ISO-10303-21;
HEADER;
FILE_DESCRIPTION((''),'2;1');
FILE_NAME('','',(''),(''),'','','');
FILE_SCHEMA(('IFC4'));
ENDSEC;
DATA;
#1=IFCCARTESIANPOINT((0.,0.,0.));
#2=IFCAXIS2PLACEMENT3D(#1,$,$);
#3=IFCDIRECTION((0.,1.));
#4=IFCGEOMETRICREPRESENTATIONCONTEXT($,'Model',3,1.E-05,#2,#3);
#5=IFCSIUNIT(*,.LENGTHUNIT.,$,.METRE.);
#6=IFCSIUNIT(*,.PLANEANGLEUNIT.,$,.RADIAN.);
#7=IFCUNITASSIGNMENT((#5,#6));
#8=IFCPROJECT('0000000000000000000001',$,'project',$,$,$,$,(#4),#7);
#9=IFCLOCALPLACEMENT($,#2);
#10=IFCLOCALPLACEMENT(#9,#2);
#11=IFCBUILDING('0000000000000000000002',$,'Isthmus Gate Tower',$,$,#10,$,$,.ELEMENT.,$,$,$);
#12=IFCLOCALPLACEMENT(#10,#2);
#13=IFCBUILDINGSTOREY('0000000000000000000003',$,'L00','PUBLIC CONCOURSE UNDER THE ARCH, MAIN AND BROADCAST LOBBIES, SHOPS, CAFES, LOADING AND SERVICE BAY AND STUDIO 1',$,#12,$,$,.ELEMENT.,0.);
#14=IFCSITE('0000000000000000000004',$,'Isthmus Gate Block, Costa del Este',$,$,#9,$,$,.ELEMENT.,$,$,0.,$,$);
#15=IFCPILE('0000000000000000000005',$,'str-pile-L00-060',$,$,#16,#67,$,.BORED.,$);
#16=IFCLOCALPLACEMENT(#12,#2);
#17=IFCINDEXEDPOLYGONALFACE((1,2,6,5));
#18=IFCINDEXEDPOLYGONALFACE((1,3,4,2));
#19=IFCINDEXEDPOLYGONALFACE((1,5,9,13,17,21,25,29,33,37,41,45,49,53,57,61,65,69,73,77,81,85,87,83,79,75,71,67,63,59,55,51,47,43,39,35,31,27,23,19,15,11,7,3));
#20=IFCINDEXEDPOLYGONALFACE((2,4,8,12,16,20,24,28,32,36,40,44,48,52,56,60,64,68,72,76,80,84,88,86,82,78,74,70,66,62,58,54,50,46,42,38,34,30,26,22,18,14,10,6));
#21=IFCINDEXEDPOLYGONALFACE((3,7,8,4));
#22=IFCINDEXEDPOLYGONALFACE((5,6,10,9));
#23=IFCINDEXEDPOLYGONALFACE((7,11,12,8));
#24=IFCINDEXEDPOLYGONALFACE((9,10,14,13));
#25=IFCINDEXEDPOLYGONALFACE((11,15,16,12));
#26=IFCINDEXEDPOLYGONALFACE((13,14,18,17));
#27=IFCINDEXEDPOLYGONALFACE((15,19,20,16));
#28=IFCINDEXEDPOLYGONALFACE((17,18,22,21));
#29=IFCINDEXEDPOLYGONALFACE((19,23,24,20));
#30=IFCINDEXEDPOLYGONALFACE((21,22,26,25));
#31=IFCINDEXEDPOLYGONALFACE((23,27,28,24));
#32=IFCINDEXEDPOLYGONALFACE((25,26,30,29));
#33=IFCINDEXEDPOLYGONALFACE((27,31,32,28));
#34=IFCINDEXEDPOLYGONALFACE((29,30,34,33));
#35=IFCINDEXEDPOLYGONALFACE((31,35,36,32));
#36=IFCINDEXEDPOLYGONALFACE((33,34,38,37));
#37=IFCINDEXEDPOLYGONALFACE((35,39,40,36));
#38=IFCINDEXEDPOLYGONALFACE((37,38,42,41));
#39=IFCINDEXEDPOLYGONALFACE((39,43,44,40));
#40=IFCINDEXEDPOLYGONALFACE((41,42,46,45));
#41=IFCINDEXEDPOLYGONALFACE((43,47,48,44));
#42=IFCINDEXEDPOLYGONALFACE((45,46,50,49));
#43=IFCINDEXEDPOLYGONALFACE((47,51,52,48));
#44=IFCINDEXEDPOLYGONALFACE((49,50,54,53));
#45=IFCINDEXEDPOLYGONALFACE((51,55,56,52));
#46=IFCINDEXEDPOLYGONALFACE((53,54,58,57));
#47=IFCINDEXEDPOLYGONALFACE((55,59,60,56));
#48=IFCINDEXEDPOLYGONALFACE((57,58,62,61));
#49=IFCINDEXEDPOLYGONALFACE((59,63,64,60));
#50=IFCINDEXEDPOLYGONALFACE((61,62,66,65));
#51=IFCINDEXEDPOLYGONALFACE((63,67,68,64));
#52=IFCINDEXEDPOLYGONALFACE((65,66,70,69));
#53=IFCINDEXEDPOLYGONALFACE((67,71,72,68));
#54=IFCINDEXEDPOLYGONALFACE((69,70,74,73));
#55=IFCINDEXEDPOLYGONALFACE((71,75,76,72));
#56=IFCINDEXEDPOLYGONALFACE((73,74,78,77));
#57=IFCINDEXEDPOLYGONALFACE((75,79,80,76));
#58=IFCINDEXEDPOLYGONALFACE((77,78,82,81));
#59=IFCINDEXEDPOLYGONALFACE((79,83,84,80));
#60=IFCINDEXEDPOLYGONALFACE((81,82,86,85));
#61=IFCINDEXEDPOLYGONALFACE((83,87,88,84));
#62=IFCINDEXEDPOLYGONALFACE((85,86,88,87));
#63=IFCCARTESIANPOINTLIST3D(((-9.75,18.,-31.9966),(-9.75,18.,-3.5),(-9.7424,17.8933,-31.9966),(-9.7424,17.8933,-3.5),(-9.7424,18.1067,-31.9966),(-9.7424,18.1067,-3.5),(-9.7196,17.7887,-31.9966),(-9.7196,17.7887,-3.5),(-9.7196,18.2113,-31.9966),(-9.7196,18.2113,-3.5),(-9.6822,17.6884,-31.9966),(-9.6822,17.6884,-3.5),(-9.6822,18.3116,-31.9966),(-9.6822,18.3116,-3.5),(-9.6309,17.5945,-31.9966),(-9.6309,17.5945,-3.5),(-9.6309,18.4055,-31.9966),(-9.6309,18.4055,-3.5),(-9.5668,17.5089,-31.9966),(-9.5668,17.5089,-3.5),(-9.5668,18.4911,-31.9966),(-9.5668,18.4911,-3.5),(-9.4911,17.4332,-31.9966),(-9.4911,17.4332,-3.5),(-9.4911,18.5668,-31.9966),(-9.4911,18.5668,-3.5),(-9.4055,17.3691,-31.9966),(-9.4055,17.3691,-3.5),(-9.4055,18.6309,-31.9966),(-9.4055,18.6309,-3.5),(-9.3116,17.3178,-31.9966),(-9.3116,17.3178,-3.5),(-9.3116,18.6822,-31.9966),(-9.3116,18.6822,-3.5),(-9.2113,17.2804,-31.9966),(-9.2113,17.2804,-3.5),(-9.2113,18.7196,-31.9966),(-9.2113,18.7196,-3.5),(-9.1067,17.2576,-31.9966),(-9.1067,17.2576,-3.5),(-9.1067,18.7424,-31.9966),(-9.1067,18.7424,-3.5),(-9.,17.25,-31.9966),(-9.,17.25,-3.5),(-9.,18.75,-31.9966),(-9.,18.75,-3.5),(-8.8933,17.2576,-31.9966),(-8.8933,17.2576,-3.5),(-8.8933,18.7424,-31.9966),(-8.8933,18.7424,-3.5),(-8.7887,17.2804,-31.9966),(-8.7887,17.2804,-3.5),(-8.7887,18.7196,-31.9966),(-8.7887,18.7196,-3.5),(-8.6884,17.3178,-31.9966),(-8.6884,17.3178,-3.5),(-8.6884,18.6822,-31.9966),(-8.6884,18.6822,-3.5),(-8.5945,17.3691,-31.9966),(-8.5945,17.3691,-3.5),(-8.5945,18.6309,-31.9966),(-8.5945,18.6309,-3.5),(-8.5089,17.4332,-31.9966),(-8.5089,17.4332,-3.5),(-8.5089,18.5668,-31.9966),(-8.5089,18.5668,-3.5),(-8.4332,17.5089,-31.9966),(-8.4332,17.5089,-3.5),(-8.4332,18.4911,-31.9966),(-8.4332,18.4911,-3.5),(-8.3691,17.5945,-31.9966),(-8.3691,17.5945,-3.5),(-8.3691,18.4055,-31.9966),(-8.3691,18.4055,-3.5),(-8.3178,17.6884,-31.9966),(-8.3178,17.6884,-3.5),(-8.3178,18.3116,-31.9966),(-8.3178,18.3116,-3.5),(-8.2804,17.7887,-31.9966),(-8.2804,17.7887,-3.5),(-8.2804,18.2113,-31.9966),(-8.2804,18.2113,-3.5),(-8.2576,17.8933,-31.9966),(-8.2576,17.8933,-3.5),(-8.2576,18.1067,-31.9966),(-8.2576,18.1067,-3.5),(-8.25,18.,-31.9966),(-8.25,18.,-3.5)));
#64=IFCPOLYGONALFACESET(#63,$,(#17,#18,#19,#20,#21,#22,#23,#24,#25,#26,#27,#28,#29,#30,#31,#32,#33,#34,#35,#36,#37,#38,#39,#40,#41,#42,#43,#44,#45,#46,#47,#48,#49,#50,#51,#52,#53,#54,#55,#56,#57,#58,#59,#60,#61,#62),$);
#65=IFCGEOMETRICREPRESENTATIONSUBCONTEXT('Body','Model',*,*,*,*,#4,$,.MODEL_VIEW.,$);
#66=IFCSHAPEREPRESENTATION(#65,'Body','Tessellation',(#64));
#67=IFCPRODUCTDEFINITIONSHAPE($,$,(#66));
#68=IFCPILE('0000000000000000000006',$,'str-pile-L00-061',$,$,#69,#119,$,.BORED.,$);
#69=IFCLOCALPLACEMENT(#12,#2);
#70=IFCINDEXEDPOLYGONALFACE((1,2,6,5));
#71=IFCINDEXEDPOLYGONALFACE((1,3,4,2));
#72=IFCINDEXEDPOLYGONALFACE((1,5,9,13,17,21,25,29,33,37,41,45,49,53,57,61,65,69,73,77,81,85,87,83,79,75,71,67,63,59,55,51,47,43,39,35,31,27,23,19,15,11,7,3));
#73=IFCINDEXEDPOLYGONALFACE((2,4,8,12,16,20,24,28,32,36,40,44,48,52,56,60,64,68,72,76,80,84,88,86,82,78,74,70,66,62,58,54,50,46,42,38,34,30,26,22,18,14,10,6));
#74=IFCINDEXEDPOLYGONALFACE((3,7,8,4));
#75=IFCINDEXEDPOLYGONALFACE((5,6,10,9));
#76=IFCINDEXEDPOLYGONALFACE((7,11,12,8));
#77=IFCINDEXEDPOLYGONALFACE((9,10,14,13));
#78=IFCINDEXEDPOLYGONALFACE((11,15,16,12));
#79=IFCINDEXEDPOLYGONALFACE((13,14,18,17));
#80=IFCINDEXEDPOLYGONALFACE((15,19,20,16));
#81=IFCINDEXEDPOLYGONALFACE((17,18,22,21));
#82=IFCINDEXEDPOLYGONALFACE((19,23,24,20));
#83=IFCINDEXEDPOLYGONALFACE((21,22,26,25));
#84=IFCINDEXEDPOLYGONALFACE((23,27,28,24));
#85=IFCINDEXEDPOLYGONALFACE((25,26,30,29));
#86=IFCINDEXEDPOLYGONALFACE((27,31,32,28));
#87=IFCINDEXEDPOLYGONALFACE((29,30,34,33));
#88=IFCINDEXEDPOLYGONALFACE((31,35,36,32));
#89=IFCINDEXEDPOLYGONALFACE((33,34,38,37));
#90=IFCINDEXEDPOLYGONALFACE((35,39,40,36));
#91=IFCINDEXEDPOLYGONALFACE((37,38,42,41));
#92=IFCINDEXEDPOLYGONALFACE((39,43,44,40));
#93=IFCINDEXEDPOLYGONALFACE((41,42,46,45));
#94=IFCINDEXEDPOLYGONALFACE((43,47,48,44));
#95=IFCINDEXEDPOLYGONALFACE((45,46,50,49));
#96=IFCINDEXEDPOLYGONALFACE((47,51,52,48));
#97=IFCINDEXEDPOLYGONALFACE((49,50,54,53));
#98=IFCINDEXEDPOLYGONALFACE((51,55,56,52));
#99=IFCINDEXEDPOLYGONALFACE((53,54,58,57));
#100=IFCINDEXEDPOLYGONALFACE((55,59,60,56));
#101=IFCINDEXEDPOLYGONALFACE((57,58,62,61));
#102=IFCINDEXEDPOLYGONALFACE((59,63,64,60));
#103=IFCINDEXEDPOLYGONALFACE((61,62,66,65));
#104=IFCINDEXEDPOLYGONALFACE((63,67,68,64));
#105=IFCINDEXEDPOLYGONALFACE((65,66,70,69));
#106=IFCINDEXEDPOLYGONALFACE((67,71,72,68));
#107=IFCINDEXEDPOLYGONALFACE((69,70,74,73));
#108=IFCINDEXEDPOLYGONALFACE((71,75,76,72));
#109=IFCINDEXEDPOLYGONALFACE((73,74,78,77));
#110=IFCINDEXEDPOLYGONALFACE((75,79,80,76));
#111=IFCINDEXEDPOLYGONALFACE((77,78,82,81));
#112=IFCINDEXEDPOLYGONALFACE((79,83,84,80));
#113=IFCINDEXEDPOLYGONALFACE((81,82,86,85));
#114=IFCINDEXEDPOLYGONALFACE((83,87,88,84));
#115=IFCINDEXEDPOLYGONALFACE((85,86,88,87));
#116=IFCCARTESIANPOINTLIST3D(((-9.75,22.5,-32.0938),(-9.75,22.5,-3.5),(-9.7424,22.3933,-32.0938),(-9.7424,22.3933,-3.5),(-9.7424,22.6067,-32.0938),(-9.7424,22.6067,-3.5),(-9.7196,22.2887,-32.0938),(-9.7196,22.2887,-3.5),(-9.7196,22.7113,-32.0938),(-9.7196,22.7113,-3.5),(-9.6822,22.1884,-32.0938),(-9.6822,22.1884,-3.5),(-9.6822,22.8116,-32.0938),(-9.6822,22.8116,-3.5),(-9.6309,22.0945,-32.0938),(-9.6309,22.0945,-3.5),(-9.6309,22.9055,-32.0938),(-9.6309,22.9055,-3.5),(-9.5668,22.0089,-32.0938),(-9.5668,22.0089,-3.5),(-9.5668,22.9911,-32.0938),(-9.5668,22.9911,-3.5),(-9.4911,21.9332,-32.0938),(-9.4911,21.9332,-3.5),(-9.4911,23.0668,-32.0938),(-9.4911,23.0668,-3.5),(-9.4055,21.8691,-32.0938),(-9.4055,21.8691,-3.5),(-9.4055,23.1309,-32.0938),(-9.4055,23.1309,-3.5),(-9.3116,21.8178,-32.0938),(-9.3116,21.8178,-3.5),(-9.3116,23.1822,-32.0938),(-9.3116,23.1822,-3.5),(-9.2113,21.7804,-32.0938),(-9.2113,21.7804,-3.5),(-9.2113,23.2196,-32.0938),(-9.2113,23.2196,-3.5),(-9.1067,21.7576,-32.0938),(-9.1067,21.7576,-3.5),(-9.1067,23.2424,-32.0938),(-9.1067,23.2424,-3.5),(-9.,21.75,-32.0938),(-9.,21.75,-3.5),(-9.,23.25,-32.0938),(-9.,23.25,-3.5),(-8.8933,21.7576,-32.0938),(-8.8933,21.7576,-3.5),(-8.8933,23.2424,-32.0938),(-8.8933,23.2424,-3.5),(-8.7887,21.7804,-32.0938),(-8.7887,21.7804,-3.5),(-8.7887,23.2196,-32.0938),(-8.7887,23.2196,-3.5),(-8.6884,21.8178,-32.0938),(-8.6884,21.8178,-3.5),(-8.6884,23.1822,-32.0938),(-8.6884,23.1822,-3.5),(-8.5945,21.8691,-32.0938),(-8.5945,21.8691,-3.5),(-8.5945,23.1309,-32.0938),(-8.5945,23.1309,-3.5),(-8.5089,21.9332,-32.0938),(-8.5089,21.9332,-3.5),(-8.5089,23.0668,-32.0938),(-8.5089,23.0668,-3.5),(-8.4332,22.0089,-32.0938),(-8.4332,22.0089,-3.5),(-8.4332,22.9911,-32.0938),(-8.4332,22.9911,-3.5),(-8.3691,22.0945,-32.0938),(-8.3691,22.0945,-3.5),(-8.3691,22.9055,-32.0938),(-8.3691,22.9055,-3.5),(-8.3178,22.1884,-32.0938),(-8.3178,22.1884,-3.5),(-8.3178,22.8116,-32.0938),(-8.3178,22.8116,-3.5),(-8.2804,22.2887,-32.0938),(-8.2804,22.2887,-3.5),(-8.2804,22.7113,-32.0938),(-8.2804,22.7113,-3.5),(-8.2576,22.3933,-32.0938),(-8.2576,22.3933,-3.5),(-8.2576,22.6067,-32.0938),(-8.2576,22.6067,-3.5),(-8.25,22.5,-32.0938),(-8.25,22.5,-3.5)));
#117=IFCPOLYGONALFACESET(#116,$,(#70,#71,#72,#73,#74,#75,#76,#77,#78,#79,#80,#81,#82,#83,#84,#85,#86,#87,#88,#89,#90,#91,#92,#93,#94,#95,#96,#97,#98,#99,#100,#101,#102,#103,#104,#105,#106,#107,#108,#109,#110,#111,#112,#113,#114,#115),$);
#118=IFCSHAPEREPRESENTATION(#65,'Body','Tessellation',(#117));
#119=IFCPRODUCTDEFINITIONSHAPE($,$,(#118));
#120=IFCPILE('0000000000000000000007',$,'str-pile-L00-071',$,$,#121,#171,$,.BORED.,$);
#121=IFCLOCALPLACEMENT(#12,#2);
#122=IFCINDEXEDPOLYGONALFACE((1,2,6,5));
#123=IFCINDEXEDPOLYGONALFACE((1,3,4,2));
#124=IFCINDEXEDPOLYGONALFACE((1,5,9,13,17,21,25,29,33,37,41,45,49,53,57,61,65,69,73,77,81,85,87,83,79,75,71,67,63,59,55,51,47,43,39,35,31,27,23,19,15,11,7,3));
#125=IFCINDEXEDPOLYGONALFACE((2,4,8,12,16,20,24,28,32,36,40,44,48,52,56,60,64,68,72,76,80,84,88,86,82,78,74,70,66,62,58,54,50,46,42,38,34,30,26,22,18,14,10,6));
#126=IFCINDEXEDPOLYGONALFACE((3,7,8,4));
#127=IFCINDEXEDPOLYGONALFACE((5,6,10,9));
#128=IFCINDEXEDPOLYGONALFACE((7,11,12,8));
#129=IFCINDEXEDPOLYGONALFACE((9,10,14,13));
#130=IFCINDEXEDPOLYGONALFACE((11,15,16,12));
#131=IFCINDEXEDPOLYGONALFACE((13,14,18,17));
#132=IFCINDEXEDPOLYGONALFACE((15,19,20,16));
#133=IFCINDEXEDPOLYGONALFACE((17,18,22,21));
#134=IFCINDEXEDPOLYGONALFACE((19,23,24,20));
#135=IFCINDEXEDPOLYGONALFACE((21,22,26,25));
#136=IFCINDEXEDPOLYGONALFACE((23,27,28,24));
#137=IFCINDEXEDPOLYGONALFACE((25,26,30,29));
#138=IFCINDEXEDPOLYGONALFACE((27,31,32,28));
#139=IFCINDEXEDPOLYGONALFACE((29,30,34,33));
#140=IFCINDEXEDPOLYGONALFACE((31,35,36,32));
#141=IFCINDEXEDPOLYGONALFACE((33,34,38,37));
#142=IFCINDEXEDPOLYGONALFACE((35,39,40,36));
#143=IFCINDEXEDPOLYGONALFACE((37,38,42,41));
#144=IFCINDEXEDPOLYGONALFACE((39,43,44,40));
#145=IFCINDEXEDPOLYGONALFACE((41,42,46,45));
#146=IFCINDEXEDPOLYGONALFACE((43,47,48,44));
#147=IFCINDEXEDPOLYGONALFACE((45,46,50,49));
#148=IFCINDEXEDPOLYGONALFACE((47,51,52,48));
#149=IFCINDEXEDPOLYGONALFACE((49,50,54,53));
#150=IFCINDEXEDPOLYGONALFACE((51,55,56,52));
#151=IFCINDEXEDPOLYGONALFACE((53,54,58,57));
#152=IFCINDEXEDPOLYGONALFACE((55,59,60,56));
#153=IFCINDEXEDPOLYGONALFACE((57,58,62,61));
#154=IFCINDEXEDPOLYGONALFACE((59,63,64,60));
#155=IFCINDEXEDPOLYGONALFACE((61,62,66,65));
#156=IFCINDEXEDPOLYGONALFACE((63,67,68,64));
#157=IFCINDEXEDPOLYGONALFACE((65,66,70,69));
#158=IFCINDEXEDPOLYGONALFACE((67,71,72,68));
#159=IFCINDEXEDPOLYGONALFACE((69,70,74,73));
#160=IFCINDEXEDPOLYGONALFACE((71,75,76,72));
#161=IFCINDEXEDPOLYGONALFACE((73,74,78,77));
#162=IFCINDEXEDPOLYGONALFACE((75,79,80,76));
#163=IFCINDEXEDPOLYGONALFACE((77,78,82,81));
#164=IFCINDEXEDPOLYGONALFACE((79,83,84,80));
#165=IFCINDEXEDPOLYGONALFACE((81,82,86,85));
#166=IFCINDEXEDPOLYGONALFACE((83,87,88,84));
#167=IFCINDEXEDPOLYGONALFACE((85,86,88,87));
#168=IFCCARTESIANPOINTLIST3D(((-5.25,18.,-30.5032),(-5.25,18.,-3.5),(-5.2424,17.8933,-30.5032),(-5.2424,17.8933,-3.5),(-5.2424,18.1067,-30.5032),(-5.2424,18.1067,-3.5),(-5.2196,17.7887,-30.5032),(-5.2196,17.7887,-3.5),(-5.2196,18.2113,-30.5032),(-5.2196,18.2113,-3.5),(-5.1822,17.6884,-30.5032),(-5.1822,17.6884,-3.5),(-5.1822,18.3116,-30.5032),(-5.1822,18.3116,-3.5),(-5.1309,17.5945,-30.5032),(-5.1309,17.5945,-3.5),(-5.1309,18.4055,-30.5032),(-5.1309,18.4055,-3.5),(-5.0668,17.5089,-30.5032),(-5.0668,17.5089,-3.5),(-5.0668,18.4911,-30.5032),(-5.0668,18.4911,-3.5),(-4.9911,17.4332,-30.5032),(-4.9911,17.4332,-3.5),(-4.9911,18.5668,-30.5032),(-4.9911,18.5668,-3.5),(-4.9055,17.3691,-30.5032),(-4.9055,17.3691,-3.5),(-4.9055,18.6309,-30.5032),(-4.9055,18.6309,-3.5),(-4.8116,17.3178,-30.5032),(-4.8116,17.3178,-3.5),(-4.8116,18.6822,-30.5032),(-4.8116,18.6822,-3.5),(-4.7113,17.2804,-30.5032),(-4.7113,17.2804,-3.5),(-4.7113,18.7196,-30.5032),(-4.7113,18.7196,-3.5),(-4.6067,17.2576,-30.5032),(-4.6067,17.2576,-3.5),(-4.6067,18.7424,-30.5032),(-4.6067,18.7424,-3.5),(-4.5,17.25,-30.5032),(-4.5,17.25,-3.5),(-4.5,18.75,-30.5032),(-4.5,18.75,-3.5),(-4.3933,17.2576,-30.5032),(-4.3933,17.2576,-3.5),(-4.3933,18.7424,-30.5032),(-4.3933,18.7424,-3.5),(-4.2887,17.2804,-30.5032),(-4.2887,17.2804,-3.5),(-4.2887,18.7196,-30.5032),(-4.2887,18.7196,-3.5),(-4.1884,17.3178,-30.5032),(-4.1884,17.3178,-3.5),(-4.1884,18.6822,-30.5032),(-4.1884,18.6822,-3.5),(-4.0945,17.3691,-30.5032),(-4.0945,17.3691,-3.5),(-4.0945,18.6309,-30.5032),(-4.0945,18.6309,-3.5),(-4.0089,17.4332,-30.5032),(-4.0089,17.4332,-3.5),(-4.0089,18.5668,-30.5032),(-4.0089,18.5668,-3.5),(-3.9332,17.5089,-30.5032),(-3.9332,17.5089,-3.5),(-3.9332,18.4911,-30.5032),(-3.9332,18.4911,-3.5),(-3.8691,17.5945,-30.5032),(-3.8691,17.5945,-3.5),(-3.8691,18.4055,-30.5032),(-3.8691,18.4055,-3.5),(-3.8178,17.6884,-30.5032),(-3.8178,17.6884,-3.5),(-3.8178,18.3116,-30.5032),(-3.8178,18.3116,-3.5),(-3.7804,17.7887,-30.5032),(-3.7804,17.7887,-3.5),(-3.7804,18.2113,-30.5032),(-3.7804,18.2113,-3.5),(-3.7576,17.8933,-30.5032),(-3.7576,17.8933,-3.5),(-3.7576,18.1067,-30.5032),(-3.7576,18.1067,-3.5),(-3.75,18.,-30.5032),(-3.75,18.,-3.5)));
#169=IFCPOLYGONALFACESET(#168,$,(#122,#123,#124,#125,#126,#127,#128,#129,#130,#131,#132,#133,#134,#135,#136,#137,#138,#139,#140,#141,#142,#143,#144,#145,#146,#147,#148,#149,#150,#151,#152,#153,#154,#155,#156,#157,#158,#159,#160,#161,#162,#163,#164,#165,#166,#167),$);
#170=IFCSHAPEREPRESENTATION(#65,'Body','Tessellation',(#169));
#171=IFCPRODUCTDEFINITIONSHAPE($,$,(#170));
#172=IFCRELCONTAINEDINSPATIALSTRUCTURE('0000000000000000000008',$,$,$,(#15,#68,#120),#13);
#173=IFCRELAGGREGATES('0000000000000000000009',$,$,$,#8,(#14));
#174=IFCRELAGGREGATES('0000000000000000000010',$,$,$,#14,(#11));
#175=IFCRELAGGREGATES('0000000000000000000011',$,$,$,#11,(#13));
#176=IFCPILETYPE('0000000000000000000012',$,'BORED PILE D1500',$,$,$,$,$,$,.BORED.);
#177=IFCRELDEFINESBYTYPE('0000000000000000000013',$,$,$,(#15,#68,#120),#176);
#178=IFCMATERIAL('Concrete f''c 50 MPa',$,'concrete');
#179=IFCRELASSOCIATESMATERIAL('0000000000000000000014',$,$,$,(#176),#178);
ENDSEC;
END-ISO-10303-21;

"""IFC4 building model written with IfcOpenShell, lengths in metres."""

from ifc_helpers import new_model, si_unit, direction, frame, origin, origin_2d, place, context, subcontext, project, spatial, circle, extrude, material, material_profile, profile_set, type_object, element, save


model = new_model("IFC4")

# Units and contexts
model_context = context("Model", 3, precision=1e-05, world=origin(), true_north=direction((0.0, 1.0)))
body_context = subcontext(model_context, "Body", "Model", "MODEL_VIEW")
ifc_project = project(units=[si_unit("LENGTHUNIT", "METRE"), si_unit("PLANEANGLEUNIT", "RADIAN")], contexts=[model_context])

# Site, building, storey
site_placement = place(None, origin())
site = spatial("IfcSite", under=ifc_project, at=site_placement, Name="Isthmus Gate Block, Costa del Este", CompositionType="ELEMENT", RefElevation=0.0)
building_placement = place(site_placement, origin())
building = spatial("IfcBuilding", under=site, at=building_placement, Name="Isthmus Gate Tower", CompositionType="ELEMENT")
storey_placement = place(building_placement, origin())
storey = spatial("IfcBuildingStorey", under=building, at=storey_placement, Name="L00", Description="PUBLIC CONCOURSE UNDER THE ARCH, MAIN AND BROADCAST LOBBIES, SHOPS, CAFES, LOADING AND SERVICE BAY AND STUDIO 1", CompositionType="ELEMENT", Elevation=0.0)

# Piles
ifc_material_1 = material(Name="Concrete f'c 50 MPa", Category="concrete")
ifc_material_profile = material_profile(ifc_material_1, circle(Radius=0.75, at=origin_2d()), Name="D1500")
ifc_profile_set = profile_set([ifc_material_profile], Name="Concrete f'c 50 MPa")
pile_type = type_object("IfcPileType", Name="BORED PILE D1500", PredefinedType="BORED", material=ifc_profile_set)
pile_1_placement = place(storey_placement, frame((-9.0, 18.0, -3.5), z_axis=(0.0, 0.0, -1.0), x_axis=(1.0, 0.0, 0.0)))
element("IfcPile", 1, at=pile_1_placement, inside=storey, type_object=pile_type, Name="str-pile-L00-060", PredefinedType="BORED", context=body_context, shape_type="SweptSolid", body=[
    extrude(circle(Radius=0.75, at=origin_2d()), origin(), (0.0, 0.0, 1.0), 28.4966),
])
pile_2_placement = place(storey_placement, frame((-9.0, 22.5, -3.5), z_axis=(0.0, 0.0, -1.0), x_axis=(1.0, 0.0, 0.0)))
element("IfcPile", 2, at=pile_2_placement, inside=storey, type_object=pile_type, Name="str-pile-L00-061", PredefinedType="BORED", context=body_context, shape_type="SweptSolid", body=[
    extrude(circle(Radius=0.75, at=origin_2d()), origin(), (0.0, 0.0, 1.0), 28.5938),
])
pile_3_placement = place(storey_placement, frame((-4.5, 18.0, -3.5), z_axis=(0.0, 0.0, -1.0), x_axis=(1.0, 0.0, 0.0)))
element("IfcPile", 3, at=pile_3_placement, inside=storey, type_object=pile_type, Name="str-pile-L00-071", PredefinedType="BORED", context=body_context, shape_type="SweptSolid", body=[
    extrude(circle(Radius=0.75, at=origin_2d()), origin(), (0.0, 0.0, 1.0), 27.0032),
])

save(model, "model.ifc")
